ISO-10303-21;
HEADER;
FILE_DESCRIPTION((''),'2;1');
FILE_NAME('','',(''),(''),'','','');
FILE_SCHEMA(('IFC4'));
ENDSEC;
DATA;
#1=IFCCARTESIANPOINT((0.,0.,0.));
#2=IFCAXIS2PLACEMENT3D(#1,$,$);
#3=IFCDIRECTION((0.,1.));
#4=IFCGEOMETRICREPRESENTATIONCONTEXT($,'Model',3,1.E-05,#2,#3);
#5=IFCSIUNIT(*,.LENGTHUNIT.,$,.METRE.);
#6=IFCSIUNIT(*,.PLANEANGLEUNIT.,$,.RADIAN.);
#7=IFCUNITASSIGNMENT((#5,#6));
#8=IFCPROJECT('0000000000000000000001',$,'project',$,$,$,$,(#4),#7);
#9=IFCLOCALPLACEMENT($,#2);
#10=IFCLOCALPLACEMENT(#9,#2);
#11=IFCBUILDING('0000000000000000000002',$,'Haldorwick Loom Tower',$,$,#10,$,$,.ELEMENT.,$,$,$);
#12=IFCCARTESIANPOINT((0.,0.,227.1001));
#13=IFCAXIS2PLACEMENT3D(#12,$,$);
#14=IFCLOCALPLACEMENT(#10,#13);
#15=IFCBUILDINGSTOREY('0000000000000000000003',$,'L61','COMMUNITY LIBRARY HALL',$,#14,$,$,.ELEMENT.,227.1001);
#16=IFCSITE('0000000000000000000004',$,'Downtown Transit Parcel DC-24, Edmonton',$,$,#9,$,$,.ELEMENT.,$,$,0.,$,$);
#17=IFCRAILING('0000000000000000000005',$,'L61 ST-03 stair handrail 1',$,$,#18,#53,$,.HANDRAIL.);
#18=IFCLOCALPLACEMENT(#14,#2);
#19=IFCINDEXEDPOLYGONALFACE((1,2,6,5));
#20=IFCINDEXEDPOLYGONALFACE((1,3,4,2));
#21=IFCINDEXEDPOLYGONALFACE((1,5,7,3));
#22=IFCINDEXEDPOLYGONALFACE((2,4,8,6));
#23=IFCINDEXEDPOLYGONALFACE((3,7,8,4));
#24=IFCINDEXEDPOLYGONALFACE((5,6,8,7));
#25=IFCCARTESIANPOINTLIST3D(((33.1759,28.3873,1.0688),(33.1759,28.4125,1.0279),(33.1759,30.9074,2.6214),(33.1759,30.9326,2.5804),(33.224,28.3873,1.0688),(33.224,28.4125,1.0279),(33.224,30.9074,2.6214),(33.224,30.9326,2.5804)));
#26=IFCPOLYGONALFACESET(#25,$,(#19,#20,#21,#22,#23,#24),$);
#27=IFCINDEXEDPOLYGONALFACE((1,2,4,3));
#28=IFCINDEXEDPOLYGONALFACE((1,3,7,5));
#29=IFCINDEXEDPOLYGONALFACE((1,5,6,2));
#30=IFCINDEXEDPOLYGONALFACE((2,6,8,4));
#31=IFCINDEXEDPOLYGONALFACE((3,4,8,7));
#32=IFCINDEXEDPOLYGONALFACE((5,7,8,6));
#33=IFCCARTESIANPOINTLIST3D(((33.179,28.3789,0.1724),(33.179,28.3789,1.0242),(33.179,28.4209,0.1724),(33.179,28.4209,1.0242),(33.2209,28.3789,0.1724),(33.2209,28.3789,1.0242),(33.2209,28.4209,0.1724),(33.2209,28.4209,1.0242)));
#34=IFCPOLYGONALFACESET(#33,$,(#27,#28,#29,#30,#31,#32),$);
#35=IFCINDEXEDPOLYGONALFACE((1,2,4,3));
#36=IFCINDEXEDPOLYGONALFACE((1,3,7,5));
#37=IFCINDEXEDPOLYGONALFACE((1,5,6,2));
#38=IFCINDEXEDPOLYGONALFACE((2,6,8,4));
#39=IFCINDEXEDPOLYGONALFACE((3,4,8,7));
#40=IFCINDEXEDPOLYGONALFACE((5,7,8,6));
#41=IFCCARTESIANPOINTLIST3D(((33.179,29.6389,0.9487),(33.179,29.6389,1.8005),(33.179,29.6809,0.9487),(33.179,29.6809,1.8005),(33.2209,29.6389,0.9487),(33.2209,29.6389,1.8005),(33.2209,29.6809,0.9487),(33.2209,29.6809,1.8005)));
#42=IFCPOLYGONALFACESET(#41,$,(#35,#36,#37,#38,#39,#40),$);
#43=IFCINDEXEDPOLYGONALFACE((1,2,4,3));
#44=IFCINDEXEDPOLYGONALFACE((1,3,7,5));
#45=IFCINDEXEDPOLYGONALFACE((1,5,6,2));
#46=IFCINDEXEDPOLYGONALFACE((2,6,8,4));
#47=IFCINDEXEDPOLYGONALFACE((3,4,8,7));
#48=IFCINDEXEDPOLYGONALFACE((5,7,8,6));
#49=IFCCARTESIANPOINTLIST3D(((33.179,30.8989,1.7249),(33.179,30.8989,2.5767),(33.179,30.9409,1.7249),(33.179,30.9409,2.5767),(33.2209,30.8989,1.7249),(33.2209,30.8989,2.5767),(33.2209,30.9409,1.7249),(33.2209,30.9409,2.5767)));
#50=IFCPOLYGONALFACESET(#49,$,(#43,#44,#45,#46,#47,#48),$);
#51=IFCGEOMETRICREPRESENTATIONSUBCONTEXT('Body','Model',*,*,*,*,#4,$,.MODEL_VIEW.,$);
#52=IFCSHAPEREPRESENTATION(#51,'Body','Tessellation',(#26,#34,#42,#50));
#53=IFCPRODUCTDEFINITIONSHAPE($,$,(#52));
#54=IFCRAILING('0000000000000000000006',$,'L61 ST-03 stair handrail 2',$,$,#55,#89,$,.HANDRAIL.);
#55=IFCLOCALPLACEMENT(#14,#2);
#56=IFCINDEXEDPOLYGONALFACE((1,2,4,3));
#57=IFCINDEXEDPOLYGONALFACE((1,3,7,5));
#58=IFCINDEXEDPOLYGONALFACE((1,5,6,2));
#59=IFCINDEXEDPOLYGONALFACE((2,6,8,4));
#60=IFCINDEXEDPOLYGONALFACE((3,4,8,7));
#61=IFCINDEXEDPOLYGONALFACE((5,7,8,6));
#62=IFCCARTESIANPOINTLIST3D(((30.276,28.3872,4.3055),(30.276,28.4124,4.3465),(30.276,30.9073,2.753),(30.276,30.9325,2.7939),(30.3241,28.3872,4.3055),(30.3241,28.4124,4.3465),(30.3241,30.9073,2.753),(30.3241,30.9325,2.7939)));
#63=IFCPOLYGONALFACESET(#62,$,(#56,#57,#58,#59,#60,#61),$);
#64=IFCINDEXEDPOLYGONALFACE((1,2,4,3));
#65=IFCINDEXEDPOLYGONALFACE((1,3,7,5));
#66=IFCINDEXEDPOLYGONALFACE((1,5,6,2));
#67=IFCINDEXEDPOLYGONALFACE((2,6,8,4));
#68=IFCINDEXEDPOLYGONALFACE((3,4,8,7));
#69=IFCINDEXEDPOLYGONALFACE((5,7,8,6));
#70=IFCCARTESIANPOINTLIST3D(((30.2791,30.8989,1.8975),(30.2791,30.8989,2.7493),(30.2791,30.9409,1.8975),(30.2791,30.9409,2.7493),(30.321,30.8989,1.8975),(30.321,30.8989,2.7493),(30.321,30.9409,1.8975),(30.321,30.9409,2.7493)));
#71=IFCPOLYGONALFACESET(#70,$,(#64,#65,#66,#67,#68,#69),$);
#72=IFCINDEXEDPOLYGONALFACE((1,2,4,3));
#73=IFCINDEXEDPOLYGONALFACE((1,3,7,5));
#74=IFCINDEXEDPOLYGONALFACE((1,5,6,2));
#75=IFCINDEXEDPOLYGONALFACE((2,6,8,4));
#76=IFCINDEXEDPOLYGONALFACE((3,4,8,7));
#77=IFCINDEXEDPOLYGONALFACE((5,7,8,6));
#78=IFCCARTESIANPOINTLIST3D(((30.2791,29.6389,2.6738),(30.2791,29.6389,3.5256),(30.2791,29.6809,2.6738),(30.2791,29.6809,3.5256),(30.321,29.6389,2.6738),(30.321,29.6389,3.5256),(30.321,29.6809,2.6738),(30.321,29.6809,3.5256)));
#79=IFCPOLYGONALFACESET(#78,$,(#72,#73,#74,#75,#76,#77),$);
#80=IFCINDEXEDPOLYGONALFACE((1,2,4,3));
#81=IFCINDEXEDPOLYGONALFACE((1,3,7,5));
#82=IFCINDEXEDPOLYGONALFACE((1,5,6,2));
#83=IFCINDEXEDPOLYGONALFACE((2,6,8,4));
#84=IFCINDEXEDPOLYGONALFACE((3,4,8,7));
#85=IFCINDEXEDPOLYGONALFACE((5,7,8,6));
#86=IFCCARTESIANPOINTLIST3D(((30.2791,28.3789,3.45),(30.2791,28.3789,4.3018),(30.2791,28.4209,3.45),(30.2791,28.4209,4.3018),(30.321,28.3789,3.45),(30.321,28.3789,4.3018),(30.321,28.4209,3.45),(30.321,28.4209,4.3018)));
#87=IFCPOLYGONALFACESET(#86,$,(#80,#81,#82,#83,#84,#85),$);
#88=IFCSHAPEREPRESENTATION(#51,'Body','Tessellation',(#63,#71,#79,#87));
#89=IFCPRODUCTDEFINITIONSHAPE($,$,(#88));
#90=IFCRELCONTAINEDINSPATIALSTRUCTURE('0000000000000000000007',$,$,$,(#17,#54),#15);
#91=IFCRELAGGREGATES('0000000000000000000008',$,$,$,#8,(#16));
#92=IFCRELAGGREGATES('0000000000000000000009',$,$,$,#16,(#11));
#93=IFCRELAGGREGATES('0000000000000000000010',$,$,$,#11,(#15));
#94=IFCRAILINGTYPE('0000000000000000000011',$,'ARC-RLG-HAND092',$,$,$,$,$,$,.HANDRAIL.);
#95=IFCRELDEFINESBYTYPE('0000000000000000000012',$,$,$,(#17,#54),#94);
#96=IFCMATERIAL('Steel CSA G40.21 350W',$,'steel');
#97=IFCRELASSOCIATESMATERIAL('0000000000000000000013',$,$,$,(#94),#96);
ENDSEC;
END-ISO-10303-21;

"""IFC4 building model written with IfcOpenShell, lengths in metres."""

from ifc_helpers import new_model, si_unit, direction, frame, origin, origin_2d, place, context, subcontext, project, spatial, rectangle, extrude, material, type_object, element, save


model = new_model("IFC4")

# Units and contexts
model_context = context("Model", 3, precision=1e-05, world=origin(), true_north=direction((0.0, 1.0)))
body_context = subcontext(model_context, "Body", "Model", "MODEL_VIEW")
ifc_project = project(units=[si_unit("LENGTHUNIT", "METRE"), si_unit("PLANEANGLEUNIT", "RADIAN")], contexts=[model_context])

# Site, building, storey
site_placement = place(None, origin())
site = spatial("IfcSite", under=ifc_project, at=site_placement, Name="Downtown Transit Parcel DC-24, Edmonton", CompositionType="ELEMENT", RefElevation=0.0)
building_placement = place(site_placement, origin())
building = spatial("IfcBuilding", under=site, at=building_placement, Name="Haldorwick Loom Tower", CompositionType="ELEMENT")
storey_placement = place(building_placement, frame((0.0, 0.0, 227.1001)))
storey = spatial("IfcBuildingStorey", under=building, at=storey_placement, Name="L61", Description="COMMUNITY LIBRARY HALL", CompositionType="ELEMENT", Elevation=227.1001)

# Shared definitions
ifc_material_1 = material(Name="Steel CSA G40.21 350W", Category="steel")

# Railings
railing_type_1 = type_object("IfcRailingType", Name="ARC-RLG-HAND092", PredefinedType="HANDRAIL", material=ifc_material_1)
for number, where, name in (
    (1, (33.2, 28.3999, 0.1724), "L61 ST-03 stair handrail 1"),
):
    element("IfcRailing", number, at=place(storey_placement, frame(where)), inside=storey, type_object=railing_type_1, Name=name, PredefinedType="HANDRAIL", context=body_context, shape_type="SweptSolid", body=[
        extrude(rectangle(XDim=0.0481, YDim=0.0481, at=origin_2d()), frame((0.0, 0.0, 0.876), z_axis=(0.0, 0.8514, 0.524516), x_axis=(-1.0, 0.0, 0.0)), (0.0, 0.0, 1.0), 2.96),
        extrude(rectangle(XDim=0.042, YDim=0.042, at=origin_2d()), origin(), (0.0, 0.0, 1.0), 0.8518),
        extrude(rectangle(XDim=0.042, YDim=0.042, at=origin_2d()), frame((0.0, 1.26, 0.7764)), (0.0, 0.0, 1.0), 0.8518),
        extrude(rectangle(XDim=0.042, YDim=0.042, at=origin_2d()), frame((0.0, 2.52, 1.5525)), (0.0, 0.0, 1.0), 0.8518),
    ])
railing_1_placement = place(storey_placement, frame((30.3, 30.9199, 1.8975)))
element("IfcRailing", 2, at=railing_1_placement, inside=storey, type_object=railing_type_1, Name="L61 ST-03 stair handrail 2", PredefinedType="HANDRAIL", context=body_context, shape_type="SweptSolid", body=[
    extrude(rectangle(XDim=0.0481, YDim=0.0481, at=origin_2d()), frame((0.0, 0.0, 0.876), z_axis=(0.0, -0.8514, 0.524516), x_axis=(1.0, 0.0, 0.0)), (0.0, 0.0, 1.0), 2.96),
    extrude(rectangle(XDim=0.042, YDim=0.042, at=origin_2d()), origin(), (0.0, 0.0, 1.0), 0.8518),
    extrude(rectangle(XDim=0.042, YDim=0.042, at=origin_2d()), frame((0.0, -1.26, 0.7764)), (0.0, 0.0, 1.0), 0.8518),
    extrude(rectangle(XDim=0.042, YDim=0.042, at=origin_2d()), frame((0.0, -2.52, 1.5525)), (0.0, 0.0, 1.0), 0.8518),
])

save(model, "model.ifc")
